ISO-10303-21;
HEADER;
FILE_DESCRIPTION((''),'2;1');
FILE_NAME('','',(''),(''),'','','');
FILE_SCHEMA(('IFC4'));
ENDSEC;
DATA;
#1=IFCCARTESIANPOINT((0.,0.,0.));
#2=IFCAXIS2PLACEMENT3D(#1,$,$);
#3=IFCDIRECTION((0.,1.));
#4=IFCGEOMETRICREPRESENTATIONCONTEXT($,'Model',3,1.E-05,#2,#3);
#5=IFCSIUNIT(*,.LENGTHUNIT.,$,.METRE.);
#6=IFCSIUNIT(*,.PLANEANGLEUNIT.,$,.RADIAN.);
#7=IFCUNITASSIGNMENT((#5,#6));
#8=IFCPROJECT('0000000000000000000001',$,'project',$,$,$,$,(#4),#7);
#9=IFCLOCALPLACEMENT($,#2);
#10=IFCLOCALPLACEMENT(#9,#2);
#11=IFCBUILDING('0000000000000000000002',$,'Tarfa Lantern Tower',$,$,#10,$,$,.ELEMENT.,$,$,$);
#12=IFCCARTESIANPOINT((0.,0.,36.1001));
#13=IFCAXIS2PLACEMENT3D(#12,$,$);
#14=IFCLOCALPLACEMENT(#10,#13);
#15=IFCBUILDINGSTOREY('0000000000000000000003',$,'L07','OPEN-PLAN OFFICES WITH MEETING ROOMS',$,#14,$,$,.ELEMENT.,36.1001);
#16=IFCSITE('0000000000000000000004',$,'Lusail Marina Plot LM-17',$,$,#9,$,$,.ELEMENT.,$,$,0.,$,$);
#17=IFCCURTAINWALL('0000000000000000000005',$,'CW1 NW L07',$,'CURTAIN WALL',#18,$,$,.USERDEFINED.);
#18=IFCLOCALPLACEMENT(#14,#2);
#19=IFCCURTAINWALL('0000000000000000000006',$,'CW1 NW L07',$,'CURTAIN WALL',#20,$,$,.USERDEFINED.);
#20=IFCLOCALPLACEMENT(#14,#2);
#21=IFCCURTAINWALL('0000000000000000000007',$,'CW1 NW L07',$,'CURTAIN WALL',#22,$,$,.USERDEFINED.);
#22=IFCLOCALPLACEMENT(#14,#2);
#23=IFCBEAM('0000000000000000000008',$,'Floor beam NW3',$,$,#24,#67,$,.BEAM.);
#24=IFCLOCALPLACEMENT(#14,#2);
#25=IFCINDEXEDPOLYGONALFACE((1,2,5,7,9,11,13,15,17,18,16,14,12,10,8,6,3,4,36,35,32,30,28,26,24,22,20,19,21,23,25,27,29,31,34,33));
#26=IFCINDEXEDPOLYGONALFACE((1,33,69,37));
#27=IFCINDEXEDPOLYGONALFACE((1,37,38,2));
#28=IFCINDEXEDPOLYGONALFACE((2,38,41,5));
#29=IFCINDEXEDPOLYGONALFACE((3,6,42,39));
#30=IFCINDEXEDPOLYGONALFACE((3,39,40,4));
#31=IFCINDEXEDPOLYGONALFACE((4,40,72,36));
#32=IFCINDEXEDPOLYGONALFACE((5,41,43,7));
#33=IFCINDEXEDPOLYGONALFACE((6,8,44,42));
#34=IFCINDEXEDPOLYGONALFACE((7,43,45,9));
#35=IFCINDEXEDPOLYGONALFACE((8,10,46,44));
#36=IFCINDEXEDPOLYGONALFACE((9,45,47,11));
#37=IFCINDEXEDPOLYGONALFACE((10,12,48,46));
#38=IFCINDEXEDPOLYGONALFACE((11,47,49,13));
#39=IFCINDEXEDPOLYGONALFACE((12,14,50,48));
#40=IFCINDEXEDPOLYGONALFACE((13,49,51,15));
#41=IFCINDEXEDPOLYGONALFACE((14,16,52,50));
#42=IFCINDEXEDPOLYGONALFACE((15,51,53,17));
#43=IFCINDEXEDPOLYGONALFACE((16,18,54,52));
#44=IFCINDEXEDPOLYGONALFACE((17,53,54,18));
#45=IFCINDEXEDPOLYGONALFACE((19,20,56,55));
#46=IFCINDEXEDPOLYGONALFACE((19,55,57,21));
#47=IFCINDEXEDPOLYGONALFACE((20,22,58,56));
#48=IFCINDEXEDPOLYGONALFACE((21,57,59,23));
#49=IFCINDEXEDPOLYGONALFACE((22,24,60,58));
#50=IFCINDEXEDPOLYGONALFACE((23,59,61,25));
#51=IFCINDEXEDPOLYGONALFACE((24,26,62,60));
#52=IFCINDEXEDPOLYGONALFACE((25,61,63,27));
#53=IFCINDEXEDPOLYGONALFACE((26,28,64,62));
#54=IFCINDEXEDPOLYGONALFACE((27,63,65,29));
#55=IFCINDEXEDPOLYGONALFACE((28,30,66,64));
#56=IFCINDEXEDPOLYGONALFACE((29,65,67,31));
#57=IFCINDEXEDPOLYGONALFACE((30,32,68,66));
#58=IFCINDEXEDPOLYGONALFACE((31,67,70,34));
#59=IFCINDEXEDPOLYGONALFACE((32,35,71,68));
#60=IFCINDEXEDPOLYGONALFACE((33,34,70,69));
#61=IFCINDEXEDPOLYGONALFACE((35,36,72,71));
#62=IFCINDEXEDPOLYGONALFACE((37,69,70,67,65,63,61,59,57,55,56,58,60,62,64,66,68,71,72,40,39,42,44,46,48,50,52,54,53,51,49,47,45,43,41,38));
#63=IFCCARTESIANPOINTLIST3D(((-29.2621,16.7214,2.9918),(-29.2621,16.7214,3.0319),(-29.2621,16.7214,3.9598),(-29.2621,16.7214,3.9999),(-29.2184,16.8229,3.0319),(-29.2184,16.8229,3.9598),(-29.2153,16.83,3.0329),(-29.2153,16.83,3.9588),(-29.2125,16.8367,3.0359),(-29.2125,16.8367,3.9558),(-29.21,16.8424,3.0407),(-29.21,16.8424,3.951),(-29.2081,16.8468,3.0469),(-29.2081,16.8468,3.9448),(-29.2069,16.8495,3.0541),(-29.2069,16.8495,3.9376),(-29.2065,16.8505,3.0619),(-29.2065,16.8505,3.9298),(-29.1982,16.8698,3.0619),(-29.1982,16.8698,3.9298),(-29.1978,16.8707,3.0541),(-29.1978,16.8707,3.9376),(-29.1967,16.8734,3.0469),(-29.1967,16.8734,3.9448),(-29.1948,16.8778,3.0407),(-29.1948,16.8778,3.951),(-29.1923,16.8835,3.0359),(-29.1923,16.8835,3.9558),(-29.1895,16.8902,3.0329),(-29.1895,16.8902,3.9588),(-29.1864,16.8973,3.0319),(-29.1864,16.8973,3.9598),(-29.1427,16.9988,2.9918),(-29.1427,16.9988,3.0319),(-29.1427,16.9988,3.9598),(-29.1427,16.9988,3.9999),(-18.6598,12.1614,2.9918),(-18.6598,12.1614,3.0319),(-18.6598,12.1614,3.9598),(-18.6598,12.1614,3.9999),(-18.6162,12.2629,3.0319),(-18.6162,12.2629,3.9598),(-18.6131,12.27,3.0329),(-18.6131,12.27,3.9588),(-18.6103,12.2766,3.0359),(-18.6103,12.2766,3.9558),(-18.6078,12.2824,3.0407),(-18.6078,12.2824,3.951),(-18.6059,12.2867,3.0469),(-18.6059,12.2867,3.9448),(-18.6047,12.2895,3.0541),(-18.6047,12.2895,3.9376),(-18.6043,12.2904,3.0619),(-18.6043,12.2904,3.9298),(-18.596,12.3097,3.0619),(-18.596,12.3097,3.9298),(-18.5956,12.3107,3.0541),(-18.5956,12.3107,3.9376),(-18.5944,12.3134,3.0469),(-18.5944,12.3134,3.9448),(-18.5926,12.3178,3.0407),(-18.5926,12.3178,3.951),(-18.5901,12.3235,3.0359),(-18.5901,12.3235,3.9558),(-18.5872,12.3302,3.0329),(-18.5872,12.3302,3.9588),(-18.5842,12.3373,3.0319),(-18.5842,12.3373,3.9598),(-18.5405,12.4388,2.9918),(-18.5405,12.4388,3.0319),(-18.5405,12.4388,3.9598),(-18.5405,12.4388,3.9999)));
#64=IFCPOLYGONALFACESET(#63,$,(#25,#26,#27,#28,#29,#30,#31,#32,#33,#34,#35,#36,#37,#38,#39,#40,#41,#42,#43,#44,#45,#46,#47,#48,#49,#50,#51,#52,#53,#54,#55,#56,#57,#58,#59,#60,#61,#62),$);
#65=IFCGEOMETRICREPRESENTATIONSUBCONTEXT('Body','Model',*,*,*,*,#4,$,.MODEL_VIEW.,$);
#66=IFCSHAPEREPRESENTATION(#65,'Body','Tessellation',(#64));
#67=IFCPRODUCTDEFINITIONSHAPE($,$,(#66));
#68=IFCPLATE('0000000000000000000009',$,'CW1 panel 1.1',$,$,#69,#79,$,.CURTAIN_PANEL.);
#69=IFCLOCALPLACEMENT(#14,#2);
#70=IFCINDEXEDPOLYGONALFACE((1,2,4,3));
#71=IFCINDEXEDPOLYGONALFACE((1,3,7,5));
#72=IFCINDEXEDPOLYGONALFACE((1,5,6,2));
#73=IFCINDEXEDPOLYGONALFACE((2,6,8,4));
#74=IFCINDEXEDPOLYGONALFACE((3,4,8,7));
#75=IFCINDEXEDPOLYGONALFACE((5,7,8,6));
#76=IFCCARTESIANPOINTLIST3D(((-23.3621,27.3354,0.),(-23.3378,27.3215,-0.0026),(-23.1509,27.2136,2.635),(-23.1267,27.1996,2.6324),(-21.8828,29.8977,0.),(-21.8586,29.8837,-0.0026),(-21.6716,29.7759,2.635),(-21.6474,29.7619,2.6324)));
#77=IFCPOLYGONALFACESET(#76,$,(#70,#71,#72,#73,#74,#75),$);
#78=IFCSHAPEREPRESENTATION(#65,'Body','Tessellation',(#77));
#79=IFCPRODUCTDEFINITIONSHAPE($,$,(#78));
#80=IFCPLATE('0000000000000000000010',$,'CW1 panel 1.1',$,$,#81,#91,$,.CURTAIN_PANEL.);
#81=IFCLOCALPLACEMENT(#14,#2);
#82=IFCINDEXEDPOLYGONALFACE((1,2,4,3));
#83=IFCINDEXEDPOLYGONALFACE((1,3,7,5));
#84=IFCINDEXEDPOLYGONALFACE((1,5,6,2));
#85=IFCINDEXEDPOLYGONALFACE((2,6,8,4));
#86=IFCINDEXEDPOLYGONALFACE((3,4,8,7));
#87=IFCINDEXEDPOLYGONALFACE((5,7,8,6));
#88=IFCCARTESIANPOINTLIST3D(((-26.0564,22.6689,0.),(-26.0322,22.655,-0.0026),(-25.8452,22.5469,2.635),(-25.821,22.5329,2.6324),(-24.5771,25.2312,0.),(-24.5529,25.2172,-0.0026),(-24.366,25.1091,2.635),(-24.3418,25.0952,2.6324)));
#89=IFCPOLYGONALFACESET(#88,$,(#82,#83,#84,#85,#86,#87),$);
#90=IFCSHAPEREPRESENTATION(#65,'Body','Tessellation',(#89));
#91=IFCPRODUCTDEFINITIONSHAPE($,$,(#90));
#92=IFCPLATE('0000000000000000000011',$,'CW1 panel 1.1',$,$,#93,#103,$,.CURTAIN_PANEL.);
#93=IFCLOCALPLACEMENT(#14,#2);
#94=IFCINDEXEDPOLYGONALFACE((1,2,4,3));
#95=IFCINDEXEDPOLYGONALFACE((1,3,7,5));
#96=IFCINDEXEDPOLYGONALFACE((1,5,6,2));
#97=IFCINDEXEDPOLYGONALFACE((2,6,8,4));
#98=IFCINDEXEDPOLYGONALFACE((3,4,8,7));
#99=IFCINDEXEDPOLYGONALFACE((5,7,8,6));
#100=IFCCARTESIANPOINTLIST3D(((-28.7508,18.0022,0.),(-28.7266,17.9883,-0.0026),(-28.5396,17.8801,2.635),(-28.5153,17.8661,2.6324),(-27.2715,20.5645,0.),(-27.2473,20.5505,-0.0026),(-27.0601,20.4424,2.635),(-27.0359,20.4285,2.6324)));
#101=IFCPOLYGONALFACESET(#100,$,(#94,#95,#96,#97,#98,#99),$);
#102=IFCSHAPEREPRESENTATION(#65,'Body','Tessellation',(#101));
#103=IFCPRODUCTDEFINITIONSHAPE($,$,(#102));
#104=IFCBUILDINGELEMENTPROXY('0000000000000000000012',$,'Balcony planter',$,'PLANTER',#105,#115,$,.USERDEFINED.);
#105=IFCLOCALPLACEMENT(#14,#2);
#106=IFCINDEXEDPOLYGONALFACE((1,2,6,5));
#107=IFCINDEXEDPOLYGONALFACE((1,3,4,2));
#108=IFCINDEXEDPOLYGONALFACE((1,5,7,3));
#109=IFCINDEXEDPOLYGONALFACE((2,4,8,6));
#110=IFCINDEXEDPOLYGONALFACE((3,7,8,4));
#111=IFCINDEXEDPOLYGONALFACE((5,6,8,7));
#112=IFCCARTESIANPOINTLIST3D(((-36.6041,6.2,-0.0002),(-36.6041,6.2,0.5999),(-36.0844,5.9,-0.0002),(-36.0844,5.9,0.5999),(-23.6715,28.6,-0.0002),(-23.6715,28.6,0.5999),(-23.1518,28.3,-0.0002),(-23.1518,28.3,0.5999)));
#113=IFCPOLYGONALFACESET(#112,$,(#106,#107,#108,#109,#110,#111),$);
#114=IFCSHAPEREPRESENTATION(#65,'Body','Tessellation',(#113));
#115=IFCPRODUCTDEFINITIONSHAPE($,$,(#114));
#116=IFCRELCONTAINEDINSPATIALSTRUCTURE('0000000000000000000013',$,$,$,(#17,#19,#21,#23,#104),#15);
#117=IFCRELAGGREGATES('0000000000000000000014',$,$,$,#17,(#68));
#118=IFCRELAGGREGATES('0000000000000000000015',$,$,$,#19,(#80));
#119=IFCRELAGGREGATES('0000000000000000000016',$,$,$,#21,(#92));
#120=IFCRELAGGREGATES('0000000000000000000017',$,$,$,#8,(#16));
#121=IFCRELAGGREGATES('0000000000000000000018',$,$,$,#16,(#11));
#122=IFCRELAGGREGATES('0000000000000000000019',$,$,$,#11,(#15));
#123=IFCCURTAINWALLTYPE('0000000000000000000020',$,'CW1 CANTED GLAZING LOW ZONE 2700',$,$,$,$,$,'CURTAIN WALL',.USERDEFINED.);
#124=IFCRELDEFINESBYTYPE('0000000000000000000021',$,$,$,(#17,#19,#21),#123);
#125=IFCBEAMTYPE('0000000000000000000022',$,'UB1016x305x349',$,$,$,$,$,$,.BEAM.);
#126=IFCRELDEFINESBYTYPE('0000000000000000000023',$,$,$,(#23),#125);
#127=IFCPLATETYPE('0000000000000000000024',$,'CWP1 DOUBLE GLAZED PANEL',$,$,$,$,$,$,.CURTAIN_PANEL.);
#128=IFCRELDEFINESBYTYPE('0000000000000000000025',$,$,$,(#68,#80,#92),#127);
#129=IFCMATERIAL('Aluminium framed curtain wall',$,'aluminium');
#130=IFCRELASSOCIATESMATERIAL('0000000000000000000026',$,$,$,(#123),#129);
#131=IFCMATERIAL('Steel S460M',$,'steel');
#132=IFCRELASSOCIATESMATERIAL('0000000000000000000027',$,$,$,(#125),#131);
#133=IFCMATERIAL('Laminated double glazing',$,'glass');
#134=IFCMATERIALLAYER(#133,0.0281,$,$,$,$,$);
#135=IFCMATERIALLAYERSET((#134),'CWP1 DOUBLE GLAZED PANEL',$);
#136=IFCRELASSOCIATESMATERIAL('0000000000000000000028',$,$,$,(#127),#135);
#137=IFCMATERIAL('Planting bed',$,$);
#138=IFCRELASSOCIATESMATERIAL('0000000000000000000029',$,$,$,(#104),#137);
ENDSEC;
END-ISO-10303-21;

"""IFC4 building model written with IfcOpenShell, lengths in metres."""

from ifc_helpers import new_model, si_unit, direction, frame, origin, origin_2d, place, context, subcontext, project, spatial, polyline, rectangle, i_section, outline, extrude, material, layer, layer_set, material_profile, profile_set, type_object, element, aggregate, save


model = new_model("IFC4")

# Units and contexts
model_context = context("Model", 3, precision=1e-05, world=origin(), true_north=direction((0.0, 1.0)))
body_context = subcontext(model_context, "Body", "Model", "MODEL_VIEW")
ifc_project = project(units=[si_unit("LENGTHUNIT", "METRE"), si_unit("PLANEANGLEUNIT", "RADIAN")], contexts=[model_context])

# Site, building, storey
site_placement = place(None, origin())
site = spatial("IfcSite", under=ifc_project, at=site_placement, Name="Lusail Marina Plot LM-17", CompositionType="ELEMENT", RefElevation=0.0)
building_placement = place(site_placement, origin())
building = spatial("IfcBuilding", under=site, at=building_placement, Name="Tarfa Lantern Tower", CompositionType="ELEMENT")
storey_placement = place(building_placement, frame((0.0, 0.0, 36.1001)))
storey = spatial("IfcBuildingStorey", under=building, at=storey_placement, Name="L07", Description="OPEN-PLAN OFFICES WITH MEETING ROOMS", CompositionType="ELEMENT", Elevation=36.1001)

# Curtain walls
ifc_material_1 = material(Name="Aluminium framed curtain wall", Category="aluminium")
curtain_wall_type = type_object("IfcCurtainWallType", Name="CW1 CANTED GLAZING LOW ZONE 2700", ElementType="CURTAIN WALL", PredefinedType="USERDEFINED", material=ifc_material_1)
curtain_wall_1_placement = place(storey_placement, origin())
curtain_wall_1 = element("IfcCurtainWall", 1, at=curtain_wall_1_placement, inside=storey, type_object=curtain_wall_type, Name="CW1 NW L07", ObjectType="CURTAIN WALL", PredefinedType="USERDEFINED")
curtain_wall_2_placement = place(storey_placement, origin())
curtain_wall_2 = element("IfcCurtainWall", 2, at=curtain_wall_2_placement, inside=storey, type_object=curtain_wall_type, Name="CW1 NW L07", ObjectType="CURTAIN WALL", PredefinedType="USERDEFINED")
curtain_wall_3_placement = place(storey_placement, origin())
curtain_wall_3 = element("IfcCurtainWall", 3, at=curtain_wall_3_placement, inside=storey, type_object=curtain_wall_type, Name="CW1 NW L07", ObjectType="CURTAIN WALL", PredefinedType="USERDEFINED")

# Beam
ifc_material_2 = material(Name="Steel S460M", Category="steel")
ifc_material_profile_1 = material_profile(ifc_material_2, i_section(OverallWidth=0.302, OverallDepth=1.0081, WebThickness=0.021, FlangeThickness=0.04, FilletRadius=0.03, at=origin_2d()), Name="UB1016x305x349")
ifc_profile_set_1 = profile_set([ifc_material_profile_1], Name="Steel S460M")
beam_type_1 = type_object("IfcBeamType", Name="UB1016x305x349", PredefinedType="BEAM", material=ifc_profile_set_1)
beam_1_placement = place(storey_placement, frame((-29.2024, 16.8601, 3.4958), z_axis=(0.918635, -0.395106, 0.0), x_axis=(0.395106, 0.918635, 0.0)))
element("IfcBeam", 4, at=beam_1_placement, inside=storey, type_object=beam_type_1, Name="Floor beam NW3", PredefinedType="BEAM", context=body_context, shape_type="SweptSolid", body=[
    extrude(i_section(OverallWidth=0.302, OverallDepth=1.0081, WebThickness=0.021, FlangeThickness=0.04, FilletRadius=0.03, at=origin_2d()), origin(), (0.0, 0.0, 1.0), 11.5413),
])

# Plates
ifc_material_3 = material(Name="Laminated double glazing", Category="glass")
ifc_layer = layer(ifc_material_3, 0.0281)
ifc_layer_set = layer_set([ifc_layer], Name="CWP1 DOUBLE GLAZED PANEL")
plate_type = type_object("IfcPlateType", Name="CWP1 DOUBLE GLAZED PANEL", PredefinedType="CURTAIN_PANEL", material=ifc_layer_set)
plate_1_placement = place(storey_placement, frame((-21.8828, 29.8977, 0.0), z_axis=(-0.862353, 0.497856, 0.092131), x_axis=(-0.499982, -0.866036, 0.0)))
plate_1 = element("IfcPlate", 5, at=plate_1_placement, type_object=plate_type, Name="CW1 panel 1.1", PredefinedType="CURTAIN_PANEL", context=body_context, shape_type="SweptSolid", body=[
    extrude(outline(polyline([(0.0, 0.0), (2.9586, 0.0), (2.9585, 2.6463), (-0.0001, 2.6463), (0.0, 0.0)])), origin(), (0.0, 0.0, -1.0), 0.0281),
])
aggregate(curtain_wall_1, [plate_1])
plate_2_placement = place(storey_placement, frame((-24.5771, 25.2312, 0.0), z_axis=(-0.862349, 0.497853, 0.092176), x_axis=(-0.499982, -0.866036, 0.0)))
plate_2 = element("IfcPlate", 6, at=plate_2_placement, type_object=plate_type, Name="CW1 panel 1.1", PredefinedType="CURTAIN_PANEL", context=body_context, shape_type="SweptSolid", body=[
    extrude(outline(polyline([(0.0, 0.0), (2.9586, 0.0), (2.9587, 2.6463), (0.0001, 2.6463), (0.0, 0.0)])), origin(), (0.0, 0.0, -1.0), 0.0281),
])
aggregate(curtain_wall_2, [plate_2])
plate_3_placement = place(storey_placement, frame((-27.2715, 20.5645, 0.0), z_axis=(-0.862328, 0.497882, 0.092216), x_axis=(-0.500013, -0.866018, 0.000003)))
plate_3 = element("IfcPlate", 7, at=plate_3_placement, type_object=plate_type, Name="CW1 panel 1.1", PredefinedType="CURTAIN_PANEL", context=body_context, shape_type="SweptSolid", body=[
    extrude(outline(polyline([(0.0, 0.0), (2.9586, 0.0), (2.9587, 2.6463), (0.0, 2.6463), (0.0, 0.0)])), origin(), (0.0, 0.0, -1.0), 0.0281),
])
aggregate(curtain_wall_3, [plate_3])

# Building element proxy
ifc_material_4 = material(Name="Planting bed")
proxy_placement = place(storey_placement, frame((-29.8779, 17.25, -0.0002), z_axis=(0.0, 0.0, 1.0), x_axis=(-0.5, -0.866025, 0.0)))
element("IfcBuildingElementProxy", 8, at=proxy_placement, inside=storey, material=ifc_material_4, Name="Balcony planter", ObjectType="PLANTER", PredefinedType="USERDEFINED", context=body_context, shape_type="SweptSolid", body=[
    extrude(rectangle(XDim=25.8652, YDim=0.6001, at=origin_2d()), origin(), (0.0, 0.0, 1.0), 0.6001),
])

save(model, "model.ifc")
